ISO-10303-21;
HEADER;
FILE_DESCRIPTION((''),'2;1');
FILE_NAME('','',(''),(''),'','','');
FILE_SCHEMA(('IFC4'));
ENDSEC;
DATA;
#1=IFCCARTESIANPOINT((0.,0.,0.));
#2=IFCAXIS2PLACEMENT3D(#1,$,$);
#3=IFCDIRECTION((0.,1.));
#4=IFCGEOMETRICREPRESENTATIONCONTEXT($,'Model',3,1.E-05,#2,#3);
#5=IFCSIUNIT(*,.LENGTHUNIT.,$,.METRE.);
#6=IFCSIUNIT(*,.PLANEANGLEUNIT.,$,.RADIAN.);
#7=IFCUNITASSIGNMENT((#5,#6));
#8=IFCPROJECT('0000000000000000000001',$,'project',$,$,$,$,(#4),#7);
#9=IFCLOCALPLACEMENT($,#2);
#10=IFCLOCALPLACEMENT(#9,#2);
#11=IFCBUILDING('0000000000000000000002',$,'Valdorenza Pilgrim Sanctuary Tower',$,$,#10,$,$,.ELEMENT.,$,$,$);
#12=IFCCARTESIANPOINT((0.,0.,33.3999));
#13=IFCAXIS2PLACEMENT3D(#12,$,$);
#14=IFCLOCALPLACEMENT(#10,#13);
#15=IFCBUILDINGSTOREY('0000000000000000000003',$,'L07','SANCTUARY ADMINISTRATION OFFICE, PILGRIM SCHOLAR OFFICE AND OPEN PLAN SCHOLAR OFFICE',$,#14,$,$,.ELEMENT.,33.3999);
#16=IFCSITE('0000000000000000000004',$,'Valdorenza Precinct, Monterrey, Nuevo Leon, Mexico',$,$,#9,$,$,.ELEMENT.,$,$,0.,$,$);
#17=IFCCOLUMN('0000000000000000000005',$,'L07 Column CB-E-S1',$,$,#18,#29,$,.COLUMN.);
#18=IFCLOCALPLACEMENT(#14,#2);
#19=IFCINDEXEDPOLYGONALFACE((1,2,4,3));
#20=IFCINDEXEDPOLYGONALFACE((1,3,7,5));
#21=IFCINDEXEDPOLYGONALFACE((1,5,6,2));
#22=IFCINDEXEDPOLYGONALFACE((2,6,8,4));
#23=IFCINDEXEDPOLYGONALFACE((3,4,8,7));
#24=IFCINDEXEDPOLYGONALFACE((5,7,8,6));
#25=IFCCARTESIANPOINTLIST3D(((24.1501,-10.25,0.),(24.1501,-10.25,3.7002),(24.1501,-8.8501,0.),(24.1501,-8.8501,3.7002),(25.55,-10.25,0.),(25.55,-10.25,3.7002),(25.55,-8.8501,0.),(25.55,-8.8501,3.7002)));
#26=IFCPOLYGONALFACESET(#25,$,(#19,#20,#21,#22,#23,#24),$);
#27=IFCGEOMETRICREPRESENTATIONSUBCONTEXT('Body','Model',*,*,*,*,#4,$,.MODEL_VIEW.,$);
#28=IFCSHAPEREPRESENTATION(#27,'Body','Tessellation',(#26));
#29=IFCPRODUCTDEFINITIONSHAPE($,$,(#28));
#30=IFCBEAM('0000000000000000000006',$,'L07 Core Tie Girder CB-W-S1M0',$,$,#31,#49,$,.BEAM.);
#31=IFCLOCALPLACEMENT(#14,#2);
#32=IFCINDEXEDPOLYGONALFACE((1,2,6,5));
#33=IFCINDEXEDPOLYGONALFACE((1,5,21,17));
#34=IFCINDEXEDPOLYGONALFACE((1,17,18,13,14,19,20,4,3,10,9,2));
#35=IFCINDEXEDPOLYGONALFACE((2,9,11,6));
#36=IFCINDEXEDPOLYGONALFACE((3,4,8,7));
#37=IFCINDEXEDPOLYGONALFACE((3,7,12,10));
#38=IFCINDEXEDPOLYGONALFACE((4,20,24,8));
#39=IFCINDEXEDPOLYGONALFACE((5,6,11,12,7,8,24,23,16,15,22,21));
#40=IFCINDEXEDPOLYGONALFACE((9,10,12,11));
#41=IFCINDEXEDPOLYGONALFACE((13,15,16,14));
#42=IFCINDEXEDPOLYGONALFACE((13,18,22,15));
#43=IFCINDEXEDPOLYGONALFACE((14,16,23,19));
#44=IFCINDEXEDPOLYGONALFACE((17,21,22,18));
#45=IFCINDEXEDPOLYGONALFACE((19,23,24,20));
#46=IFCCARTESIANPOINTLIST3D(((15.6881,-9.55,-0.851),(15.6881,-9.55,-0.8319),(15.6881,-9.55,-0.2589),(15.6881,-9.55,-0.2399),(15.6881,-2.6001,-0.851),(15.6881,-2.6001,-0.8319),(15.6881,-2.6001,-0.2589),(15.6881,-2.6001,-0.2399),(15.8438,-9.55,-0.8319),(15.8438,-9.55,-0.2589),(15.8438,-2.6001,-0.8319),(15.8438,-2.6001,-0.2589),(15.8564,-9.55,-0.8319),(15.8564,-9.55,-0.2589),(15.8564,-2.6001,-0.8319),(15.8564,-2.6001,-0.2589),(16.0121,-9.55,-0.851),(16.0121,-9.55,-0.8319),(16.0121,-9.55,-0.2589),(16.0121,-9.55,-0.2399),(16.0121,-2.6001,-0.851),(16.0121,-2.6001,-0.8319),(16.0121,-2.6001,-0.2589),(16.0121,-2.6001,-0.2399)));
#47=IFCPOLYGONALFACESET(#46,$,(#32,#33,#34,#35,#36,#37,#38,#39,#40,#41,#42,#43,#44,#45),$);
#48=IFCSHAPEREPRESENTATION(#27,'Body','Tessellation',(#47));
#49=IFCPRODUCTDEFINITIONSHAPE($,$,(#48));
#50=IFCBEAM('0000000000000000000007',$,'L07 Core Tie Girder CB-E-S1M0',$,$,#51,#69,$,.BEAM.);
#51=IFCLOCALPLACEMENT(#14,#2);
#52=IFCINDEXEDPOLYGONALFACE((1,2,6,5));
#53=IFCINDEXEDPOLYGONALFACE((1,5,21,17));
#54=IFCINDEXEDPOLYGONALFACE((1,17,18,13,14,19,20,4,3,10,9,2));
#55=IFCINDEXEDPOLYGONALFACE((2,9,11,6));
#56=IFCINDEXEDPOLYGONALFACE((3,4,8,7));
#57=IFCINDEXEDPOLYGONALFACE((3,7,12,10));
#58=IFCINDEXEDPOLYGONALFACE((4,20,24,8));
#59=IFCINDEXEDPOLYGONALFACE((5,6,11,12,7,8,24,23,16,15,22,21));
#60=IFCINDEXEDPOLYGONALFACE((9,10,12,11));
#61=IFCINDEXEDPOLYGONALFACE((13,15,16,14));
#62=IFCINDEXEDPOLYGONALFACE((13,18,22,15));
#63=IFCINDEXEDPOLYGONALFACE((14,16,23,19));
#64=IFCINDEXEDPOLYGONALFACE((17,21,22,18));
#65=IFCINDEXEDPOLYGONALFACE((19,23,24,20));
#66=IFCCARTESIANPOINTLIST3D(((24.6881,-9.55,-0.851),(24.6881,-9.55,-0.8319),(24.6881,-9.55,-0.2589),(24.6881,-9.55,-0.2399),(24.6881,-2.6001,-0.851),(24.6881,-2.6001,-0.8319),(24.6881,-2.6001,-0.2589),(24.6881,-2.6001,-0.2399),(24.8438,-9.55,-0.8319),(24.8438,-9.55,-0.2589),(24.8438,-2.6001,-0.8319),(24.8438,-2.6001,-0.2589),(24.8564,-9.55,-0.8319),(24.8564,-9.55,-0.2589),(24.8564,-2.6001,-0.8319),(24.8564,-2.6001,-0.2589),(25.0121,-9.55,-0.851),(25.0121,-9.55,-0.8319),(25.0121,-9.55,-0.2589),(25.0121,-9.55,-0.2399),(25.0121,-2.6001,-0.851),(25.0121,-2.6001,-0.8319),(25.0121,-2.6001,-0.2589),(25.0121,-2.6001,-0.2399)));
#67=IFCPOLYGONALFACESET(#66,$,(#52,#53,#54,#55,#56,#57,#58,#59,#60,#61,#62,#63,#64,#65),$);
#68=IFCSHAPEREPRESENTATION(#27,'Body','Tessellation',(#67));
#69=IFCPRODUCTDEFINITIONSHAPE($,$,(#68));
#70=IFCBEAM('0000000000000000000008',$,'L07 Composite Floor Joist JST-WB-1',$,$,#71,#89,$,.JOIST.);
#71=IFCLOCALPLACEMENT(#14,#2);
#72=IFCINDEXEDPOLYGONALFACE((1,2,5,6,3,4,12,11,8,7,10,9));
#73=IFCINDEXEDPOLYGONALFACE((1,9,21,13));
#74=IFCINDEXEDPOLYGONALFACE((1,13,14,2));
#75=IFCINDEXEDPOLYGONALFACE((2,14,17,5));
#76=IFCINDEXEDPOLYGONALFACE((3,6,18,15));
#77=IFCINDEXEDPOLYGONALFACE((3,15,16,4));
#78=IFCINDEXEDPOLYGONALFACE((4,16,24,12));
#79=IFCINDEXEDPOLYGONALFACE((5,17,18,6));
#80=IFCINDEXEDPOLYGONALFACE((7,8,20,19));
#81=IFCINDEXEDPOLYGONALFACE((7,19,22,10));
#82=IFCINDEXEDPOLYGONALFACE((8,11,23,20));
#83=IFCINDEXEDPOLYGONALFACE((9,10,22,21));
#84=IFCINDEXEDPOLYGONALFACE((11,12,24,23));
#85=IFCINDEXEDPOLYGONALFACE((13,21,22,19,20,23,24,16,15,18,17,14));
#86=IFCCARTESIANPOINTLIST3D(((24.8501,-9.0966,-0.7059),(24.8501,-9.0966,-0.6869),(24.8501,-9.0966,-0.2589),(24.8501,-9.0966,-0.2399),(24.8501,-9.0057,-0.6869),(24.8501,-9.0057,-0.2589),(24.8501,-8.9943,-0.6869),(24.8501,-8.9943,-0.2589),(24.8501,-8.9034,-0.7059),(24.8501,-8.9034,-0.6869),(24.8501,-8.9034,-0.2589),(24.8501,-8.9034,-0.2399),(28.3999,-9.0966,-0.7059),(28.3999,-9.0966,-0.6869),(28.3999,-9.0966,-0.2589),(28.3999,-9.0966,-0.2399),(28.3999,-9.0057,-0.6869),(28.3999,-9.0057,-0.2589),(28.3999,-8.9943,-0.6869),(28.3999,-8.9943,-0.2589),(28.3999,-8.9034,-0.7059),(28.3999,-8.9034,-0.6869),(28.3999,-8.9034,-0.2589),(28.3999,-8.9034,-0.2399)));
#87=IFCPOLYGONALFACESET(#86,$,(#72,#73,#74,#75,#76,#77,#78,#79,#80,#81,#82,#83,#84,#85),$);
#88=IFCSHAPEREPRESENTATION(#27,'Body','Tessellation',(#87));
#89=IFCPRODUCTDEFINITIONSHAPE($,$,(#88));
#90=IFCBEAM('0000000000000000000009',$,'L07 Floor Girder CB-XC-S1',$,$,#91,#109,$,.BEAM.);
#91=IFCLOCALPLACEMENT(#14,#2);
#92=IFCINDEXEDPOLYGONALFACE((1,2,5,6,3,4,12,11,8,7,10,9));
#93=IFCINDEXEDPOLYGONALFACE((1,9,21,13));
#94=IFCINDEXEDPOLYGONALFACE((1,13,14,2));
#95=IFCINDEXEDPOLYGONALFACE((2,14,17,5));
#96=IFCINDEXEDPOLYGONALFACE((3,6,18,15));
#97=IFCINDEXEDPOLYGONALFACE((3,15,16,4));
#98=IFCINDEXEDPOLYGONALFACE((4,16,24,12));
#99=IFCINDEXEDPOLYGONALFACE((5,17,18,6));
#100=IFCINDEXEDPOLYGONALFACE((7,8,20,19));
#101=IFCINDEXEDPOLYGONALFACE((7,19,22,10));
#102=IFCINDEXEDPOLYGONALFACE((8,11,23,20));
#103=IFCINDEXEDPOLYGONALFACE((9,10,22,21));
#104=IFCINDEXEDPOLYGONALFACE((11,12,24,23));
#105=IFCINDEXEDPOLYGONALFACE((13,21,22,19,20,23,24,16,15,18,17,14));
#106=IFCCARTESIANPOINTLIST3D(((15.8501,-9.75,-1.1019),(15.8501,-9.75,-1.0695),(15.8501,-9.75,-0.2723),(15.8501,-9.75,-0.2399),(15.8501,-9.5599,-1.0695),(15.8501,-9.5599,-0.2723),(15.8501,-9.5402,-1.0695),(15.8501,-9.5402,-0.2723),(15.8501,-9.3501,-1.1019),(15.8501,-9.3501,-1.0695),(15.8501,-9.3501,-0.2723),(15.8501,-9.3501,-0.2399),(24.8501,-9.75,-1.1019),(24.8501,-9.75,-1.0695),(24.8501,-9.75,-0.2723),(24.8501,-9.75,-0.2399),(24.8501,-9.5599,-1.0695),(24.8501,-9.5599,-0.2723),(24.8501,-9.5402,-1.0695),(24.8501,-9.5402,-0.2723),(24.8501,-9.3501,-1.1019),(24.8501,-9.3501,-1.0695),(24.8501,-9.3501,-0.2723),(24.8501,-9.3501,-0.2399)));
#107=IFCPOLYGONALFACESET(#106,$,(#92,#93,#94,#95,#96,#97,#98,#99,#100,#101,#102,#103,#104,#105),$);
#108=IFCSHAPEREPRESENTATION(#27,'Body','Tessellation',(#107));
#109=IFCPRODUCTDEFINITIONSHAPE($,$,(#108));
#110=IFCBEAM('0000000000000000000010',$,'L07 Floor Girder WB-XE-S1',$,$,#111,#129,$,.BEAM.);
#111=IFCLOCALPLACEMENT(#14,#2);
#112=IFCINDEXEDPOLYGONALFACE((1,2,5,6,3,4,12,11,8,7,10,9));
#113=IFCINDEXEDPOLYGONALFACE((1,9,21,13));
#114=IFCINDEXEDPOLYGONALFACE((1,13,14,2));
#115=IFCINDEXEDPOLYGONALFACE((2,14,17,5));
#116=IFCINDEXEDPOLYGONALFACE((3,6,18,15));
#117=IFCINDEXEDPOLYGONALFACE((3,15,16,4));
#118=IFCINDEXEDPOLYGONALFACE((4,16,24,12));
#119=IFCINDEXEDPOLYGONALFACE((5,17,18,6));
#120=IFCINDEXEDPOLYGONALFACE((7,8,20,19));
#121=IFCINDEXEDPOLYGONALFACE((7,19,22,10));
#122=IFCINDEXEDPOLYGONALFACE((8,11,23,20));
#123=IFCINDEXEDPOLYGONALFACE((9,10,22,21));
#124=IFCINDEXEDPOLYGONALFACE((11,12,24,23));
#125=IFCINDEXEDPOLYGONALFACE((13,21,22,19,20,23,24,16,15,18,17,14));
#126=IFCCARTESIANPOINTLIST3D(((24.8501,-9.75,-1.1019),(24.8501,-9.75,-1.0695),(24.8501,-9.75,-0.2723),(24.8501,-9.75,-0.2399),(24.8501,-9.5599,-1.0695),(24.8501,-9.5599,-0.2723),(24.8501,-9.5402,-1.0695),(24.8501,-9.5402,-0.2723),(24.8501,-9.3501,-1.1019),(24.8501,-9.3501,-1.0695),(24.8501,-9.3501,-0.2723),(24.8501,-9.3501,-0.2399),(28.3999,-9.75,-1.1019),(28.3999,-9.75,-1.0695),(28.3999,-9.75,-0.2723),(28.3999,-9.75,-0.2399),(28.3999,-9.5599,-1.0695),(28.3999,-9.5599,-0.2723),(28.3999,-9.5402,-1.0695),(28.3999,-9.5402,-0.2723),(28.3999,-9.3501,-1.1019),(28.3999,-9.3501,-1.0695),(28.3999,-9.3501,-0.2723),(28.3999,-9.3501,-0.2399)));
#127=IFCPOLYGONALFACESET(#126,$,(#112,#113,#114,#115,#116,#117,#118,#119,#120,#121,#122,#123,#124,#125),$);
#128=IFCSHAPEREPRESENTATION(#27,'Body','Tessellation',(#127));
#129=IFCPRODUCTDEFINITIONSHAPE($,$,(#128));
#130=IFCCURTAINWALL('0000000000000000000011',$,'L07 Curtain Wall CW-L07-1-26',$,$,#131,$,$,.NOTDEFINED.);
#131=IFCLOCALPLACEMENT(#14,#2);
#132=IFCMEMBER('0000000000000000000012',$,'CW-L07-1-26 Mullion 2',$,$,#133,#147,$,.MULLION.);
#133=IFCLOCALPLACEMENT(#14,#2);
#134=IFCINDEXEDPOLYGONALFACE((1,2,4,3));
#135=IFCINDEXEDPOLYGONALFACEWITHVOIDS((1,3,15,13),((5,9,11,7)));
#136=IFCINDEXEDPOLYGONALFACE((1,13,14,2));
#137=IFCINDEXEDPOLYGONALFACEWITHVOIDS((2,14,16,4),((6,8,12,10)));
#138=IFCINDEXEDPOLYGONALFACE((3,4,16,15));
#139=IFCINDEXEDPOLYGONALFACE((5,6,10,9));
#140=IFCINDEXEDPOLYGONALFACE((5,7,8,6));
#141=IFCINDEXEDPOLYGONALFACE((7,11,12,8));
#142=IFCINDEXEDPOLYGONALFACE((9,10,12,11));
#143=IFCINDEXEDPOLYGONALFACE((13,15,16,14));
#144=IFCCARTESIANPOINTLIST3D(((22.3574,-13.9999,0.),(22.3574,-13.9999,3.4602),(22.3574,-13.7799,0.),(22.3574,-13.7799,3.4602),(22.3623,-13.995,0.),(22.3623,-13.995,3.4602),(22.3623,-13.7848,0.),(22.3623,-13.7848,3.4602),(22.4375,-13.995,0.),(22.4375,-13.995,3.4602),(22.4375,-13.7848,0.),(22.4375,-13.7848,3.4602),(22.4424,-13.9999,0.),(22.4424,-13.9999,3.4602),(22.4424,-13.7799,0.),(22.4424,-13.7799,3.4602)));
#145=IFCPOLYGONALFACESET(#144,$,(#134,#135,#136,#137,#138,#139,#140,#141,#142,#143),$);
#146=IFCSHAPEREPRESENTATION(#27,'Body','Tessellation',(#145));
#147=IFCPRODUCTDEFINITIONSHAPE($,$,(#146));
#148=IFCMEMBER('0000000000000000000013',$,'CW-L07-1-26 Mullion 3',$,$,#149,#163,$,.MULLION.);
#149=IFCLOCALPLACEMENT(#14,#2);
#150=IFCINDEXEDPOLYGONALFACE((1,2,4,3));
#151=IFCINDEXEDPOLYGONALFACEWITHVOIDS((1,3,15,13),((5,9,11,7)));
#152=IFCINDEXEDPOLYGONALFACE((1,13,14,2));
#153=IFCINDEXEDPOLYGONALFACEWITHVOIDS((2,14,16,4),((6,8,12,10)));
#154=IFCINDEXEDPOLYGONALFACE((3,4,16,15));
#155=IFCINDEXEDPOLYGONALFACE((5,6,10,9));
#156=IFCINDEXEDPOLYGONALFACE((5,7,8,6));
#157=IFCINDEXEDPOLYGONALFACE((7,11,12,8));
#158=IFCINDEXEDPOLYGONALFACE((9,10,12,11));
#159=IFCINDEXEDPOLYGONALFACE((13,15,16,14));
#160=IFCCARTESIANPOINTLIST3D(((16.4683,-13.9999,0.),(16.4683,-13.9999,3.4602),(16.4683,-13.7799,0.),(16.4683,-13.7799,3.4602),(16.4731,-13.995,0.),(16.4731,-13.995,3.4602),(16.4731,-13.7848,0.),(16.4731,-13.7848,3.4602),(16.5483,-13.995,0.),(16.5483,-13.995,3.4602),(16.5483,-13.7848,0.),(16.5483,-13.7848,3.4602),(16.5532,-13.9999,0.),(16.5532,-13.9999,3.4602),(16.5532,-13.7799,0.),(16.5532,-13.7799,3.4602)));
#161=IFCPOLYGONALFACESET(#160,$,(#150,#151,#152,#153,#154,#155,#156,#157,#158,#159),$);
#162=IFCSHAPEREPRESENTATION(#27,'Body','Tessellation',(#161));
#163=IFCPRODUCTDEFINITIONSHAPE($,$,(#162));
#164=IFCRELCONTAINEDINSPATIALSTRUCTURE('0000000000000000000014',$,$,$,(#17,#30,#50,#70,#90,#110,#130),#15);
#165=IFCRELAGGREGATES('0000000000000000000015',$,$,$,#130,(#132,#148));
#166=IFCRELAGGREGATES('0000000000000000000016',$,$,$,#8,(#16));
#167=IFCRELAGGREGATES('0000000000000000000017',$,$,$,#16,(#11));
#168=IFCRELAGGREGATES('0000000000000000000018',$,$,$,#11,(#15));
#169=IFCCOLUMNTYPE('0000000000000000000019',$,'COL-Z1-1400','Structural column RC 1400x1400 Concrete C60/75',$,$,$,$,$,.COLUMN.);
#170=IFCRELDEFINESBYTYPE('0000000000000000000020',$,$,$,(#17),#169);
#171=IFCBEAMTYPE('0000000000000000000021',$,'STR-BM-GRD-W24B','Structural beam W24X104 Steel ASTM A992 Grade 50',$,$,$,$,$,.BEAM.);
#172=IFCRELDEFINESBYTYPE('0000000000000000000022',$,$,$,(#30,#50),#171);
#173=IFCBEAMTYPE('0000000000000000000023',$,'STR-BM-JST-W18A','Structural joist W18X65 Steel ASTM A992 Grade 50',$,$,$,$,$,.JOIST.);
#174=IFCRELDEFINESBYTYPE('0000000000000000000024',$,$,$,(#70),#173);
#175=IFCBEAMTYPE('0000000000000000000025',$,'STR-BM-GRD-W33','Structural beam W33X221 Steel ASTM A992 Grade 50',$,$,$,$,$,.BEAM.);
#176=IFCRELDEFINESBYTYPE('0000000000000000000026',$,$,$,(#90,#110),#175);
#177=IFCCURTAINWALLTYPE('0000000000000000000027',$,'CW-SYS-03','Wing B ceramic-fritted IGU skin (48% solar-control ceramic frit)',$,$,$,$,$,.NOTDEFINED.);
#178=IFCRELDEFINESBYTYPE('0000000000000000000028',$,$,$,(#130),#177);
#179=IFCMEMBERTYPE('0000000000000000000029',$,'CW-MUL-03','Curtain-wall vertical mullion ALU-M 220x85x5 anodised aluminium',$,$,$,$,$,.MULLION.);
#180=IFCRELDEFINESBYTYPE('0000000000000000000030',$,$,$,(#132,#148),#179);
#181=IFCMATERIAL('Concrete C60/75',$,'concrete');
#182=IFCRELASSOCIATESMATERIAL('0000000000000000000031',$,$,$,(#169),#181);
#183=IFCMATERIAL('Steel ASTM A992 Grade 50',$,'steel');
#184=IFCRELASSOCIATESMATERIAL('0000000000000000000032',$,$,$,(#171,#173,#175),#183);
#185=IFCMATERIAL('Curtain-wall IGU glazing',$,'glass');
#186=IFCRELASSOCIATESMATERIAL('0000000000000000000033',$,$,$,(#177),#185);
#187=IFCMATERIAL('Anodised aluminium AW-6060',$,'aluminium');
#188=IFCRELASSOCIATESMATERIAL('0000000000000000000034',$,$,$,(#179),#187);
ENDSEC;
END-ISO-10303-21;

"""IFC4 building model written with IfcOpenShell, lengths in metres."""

from ifc_helpers import new_model, si_unit, direction, frame, origin, origin_2d, place, context, subcontext, project, spatial, rectangle, hollow_rectangle, i_section, extrude, source, transform, mapped, material, material_profile, profile_set, type_object, element, aggregate, save


model = new_model("IFC4")

# Units and contexts
model_context = context("Model", 3, precision=1e-05, world=origin(), true_north=direction((0.0, 1.0)))
body_context = subcontext(model_context, "Body", "Model", "MODEL_VIEW")
ifc_project = project(units=[si_unit("LENGTHUNIT", "METRE"), si_unit("PLANEANGLEUNIT", "RADIAN")], contexts=[model_context])

# Site, building, storey
site_placement = place(None, origin())
site = spatial("IfcSite", under=ifc_project, at=site_placement, Name="Valdorenza Precinct, Monterrey, Nuevo Leon, Mexico", CompositionType="ELEMENT", RefElevation=0.0)
building_placement = place(site_placement, origin())
building = spatial("IfcBuilding", under=site, at=building_placement, Name="Valdorenza Pilgrim Sanctuary Tower", CompositionType="ELEMENT")
storey_placement = place(building_placement, frame((0.0, 0.0, 33.3999)))
storey = spatial("IfcBuildingStorey", under=building, at=storey_placement, Name="L07", Description="SANCTUARY ADMINISTRATION OFFICE, PILGRIM SCHOLAR OFFICE AND OPEN PLAN SCHOLAR OFFICE", CompositionType="ELEMENT", Elevation=33.3999)

# Column
ifc_material_1 = material(Name="Concrete C60/75", Category="concrete")
ifc_material_profile_1 = material_profile(ifc_material_1, rectangle(XDim=1.3999, YDim=1.3999, at=origin_2d()), Name="RC 1400x1400")
ifc_profile_set_1 = profile_set([ifc_material_profile_1], Name="Concrete C60/75")
column_type = type_object("IfcColumnType", Name="COL-Z1-1400", Description="Structural column RC 1400x1400 Concrete C60/75", PredefinedType="COLUMN", material=ifc_profile_set_1)
shared_shape_1 = source(origin(), body_context, "Body", "SweptSolid", [
    extrude(rectangle(XDim=1.3999, YDim=1.3999, at=origin_2d()), origin(), (0.0, 0.0, 1.0), 3.7002),
])
column_placement = place(storey_placement, frame((24.8501, -9.55, 0.0), z_axis=(0.0, 0.0, 1.0), x_axis=(1.0, 0.0, 0.0)))
element("IfcColumn", 1, at=column_placement, inside=storey, type_object=column_type, Name="L07 Column CB-E-S1", PredefinedType="COLUMN", context=body_context, shape_type="MappedRepresentation", body=[
    mapped(shared_shape_1, transform((0.0, 0.0, 0.0), x_axis=(1.0, 0.0, 0.0), y_axis=(0.0, 1.0, 0.0), z_axis=(0.0, 0.0, 1.0), scale=1.0)),
])

# Beams
ifc_material_2 = material(Name="Steel ASTM A992 Grade 50", Category="steel")
ifc_material_profile_2 = material_profile(ifc_material_2, i_section(OverallWidth=0.324, OverallDepth=0.6111, WebThickness=0.0127, FlangeThickness=0.019, at=origin_2d()), Name="W24X104")
ifc_profile_set_2 = profile_set([ifc_material_profile_2], Name="Steel ASTM A992 Grade 50")
beam_type_1 = type_object("IfcBeamType", Name="STR-BM-GRD-W24B", Description="Structural beam W24X104 Steel ASTM A992 Grade 50", PredefinedType="BEAM", material=ifc_profile_set_2)
shared_shape_2 = source(origin(), body_context, "Body", "SweptSolid", [
    extrude(i_section(OverallWidth=0.324, OverallDepth=0.6111, WebThickness=0.0127, FlangeThickness=0.019, at=origin_2d()), origin(), (0.0, 0.0, 1.0), 6.95),
])
for number, where, z_axis, x_axis, name in (
    (2, (15.8501, -9.55, -0.5454), (0.0, 1.0, 0.0), (-1.0, 0.0, 0.0), "L07 Core Tie Girder CB-W-S1M0"),
    (3, (24.8501, -9.55, -0.5454), (0.0, 1.0, 0.0), (-1.0, 0.0, 0.0), "L07 Core Tie Girder CB-E-S1M0"),
):
    element("IfcBeam", number, at=place(storey_placement, frame(where, z_axis=z_axis, x_axis=x_axis)), inside=storey, type_object=beam_type_1, Name=name, PredefinedType="BEAM", context=body_context, shape_type="MappedRepresentation", body=[
        mapped(shared_shape_2, transform((0.0, 0.0, 0.0), x_axis=(1.0, 0.0, 0.0), y_axis=(0.0, 1.0, 0.0), z_axis=(0.0, 0.0, 1.0), scale=1.0)),
    ])
ifc_material_profile_3 = material_profile(ifc_material_2, i_section(OverallWidth=0.1931, OverallDepth=0.4661, WebThickness=0.0115, FlangeThickness=0.019, at=origin_2d()), Name="W18X65")
ifc_profile_set_3 = profile_set([ifc_material_profile_3], Name="Steel ASTM A992 Grade 50")
beam_type_2 = type_object("IfcBeamType", Name="STR-BM-JST-W18A", Description="Structural joist W18X65 Steel ASTM A992 Grade 50", PredefinedType="JOIST", material=ifc_profile_set_3)
shared_shape_3 = source(origin(), body_context, "Body", "SweptSolid", [
    extrude(i_section(OverallWidth=0.1931, OverallDepth=0.4661, WebThickness=0.0115, FlangeThickness=0.019, at=origin_2d()), origin(), (0.0, 0.0, 1.0), 3.5498),
])
beam_1_placement = place(storey_placement, frame((24.8501, -9.0, -0.4729), z_axis=(1.0, 0.0, 0.0), x_axis=(0.0, 1.0, 0.0)))
element("IfcBeam", 4, at=beam_1_placement, inside=storey, type_object=beam_type_2, Name="L07 Composite Floor Joist JST-WB-1", PredefinedType="JOIST", context=body_context, shape_type="MappedRepresentation", body=[
    mapped(shared_shape_3, transform((0.0, 0.0, 0.0), x_axis=(1.0, 0.0, 0.0), y_axis=(0.0, 1.0, 0.0), z_axis=(0.0, 0.0, 1.0), scale=1.0)),
])
ifc_material_profile_4 = material_profile(ifc_material_2, i_section(OverallWidth=0.3999, OverallDepth=0.8621, WebThickness=0.0198, FlangeThickness=0.0325, at=origin_2d()), Name="W33X221")
ifc_profile_set_4 = profile_set([ifc_material_profile_4], Name="Steel ASTM A992 Grade 50")
beam_type_3 = type_object("IfcBeamType", Name="STR-BM-GRD-W33", Description="Structural beam W33X221 Steel ASTM A992 Grade 50", PredefinedType="BEAM", material=ifc_profile_set_4)
shared_shape_4 = source(origin(), body_context, "Body", "SweptSolid", [
    extrude(i_section(OverallWidth=0.3999, OverallDepth=0.8621, WebThickness=0.0198, FlangeThickness=0.0325, at=origin_2d()), origin(), (0.0, 0.0, 1.0), 9.0),
])
beam_2_placement = place(storey_placement, frame((15.8501, -9.55, -0.6709), z_axis=(1.0, 0.0, 0.0), x_axis=(0.0, 1.0, 0.0)))
element("IfcBeam", 5, at=beam_2_placement, inside=storey, type_object=beam_type_3, Name="L07 Floor Girder CB-XC-S1", PredefinedType="BEAM", context=body_context, shape_type="MappedRepresentation", body=[
    mapped(shared_shape_4, transform((0.0, 0.0, 0.0), x_axis=(1.0, 0.0, 0.0), y_axis=(0.0, 1.0, 0.0), z_axis=(0.0, 0.0, 1.0), scale=1.0)),
])
shared_shape_5 = source(origin(), body_context, "Body", "SweptSolid", [
    extrude(i_section(OverallWidth=0.3999, OverallDepth=0.8621, WebThickness=0.0198, FlangeThickness=0.0325, at=origin_2d()), origin(), (0.0, 0.0, 1.0), 3.5498),
])
beam_3_placement = place(storey_placement, frame((24.8501, -9.55, -0.6709), z_axis=(1.0, 0.0, 0.0), x_axis=(0.0, 1.0, 0.0)))
element("IfcBeam", 6, at=beam_3_placement, inside=storey, type_object=beam_type_3, Name="L07 Floor Girder WB-XE-S1", PredefinedType="BEAM", context=body_context, shape_type="MappedRepresentation", body=[
    mapped(shared_shape_5, transform((0.0, 0.0, 0.0), x_axis=(1.0, 0.0, 0.0), y_axis=(0.0, 1.0, 0.0), z_axis=(0.0, 0.0, 1.0), scale=1.0)),
])

# Curtain wall, members
ifc_material_3 = material(Name="Curtain-wall IGU glazing", Category="glass")
curtain_wall_type = type_object("IfcCurtainWallType", Name="CW-SYS-03", Description="Wing B ceramic-fritted IGU skin (48% solar-control ceramic frit)", PredefinedType="NOTDEFINED", material=ifc_material_3)
curtain_wall_placement = place(storey_placement, origin())
curtain_wall = element("IfcCurtainWall", 7, at=curtain_wall_placement, inside=storey, type_object=curtain_wall_type, Name="L07 Curtain Wall CW-L07-1-26", PredefinedType="NOTDEFINED")
ifc_material_4 = material(Name="Anodised aluminium AW-6060", Category="aluminium")
ifc_material_profile_5 = material_profile(ifc_material_4, hollow_rectangle(XDim=0.085, YDim=0.22, WallThickness=0.0049, at=origin_2d()), Name="ALU-M 220x85x5")
ifc_profile_set_5 = profile_set([ifc_material_profile_5], Name="Anodised aluminium AW-6060")
member_type = type_object("IfcMemberType", Name="CW-MUL-03", Description="Curtain-wall vertical mullion ALU-M 220x85x5 anodised aluminium", PredefinedType="MULLION", material=ifc_profile_set_5)
shared_shape_6 = source(origin(), body_context, "Body", "SweptSolid", [
    extrude(hollow_rectangle(XDim=0.085, YDim=0.22, WallThickness=0.0049, at=origin_2d()), origin(), (0.0, 0.0, 1.0), 3.4602),
])
member_1_placement = place(storey_placement, frame((22.3999, -13.8899, 0.0), z_axis=(0.0, 0.0, 1.0), x_axis=(-1.0, 0.0, 0.0)))
member_1 = element("IfcMember", 8, at=member_1_placement, type_object=member_type, Name="CW-L07-1-26 Mullion 2", PredefinedType="MULLION", context=body_context, shape_type="MappedRepresentation", body=[
    mapped(shared_shape_6, transform((0.0, 0.0, 0.0), x_axis=(1.0, 0.0, 0.0), y_axis=(0.0, 1.0, 0.0), z_axis=(0.0, 0.0, 1.0), scale=1.0)),
])
member_2_placement = place(storey_placement, frame((16.5107, -13.8899, 0.0), z_axis=(0.0, 0.0, 1.0), x_axis=(-1.0, 0.0, 0.0)))
member_2 = element("IfcMember", 9, at=member_2_placement, type_object=member_type, Name="CW-L07-1-26 Mullion 3", PredefinedType="MULLION", context=body_context, shape_type="MappedRepresentation", body=[
    mapped(shared_shape_6, transform((0.0, 0.0, 0.0), x_axis=(1.0, 0.0, 0.0), y_axis=(0.0, 1.0, 0.0), z_axis=(0.0, 0.0, 1.0), scale=1.0)),
])
aggregate(curtain_wall, [member_1, member_2])

save(model, "model.ifc")
